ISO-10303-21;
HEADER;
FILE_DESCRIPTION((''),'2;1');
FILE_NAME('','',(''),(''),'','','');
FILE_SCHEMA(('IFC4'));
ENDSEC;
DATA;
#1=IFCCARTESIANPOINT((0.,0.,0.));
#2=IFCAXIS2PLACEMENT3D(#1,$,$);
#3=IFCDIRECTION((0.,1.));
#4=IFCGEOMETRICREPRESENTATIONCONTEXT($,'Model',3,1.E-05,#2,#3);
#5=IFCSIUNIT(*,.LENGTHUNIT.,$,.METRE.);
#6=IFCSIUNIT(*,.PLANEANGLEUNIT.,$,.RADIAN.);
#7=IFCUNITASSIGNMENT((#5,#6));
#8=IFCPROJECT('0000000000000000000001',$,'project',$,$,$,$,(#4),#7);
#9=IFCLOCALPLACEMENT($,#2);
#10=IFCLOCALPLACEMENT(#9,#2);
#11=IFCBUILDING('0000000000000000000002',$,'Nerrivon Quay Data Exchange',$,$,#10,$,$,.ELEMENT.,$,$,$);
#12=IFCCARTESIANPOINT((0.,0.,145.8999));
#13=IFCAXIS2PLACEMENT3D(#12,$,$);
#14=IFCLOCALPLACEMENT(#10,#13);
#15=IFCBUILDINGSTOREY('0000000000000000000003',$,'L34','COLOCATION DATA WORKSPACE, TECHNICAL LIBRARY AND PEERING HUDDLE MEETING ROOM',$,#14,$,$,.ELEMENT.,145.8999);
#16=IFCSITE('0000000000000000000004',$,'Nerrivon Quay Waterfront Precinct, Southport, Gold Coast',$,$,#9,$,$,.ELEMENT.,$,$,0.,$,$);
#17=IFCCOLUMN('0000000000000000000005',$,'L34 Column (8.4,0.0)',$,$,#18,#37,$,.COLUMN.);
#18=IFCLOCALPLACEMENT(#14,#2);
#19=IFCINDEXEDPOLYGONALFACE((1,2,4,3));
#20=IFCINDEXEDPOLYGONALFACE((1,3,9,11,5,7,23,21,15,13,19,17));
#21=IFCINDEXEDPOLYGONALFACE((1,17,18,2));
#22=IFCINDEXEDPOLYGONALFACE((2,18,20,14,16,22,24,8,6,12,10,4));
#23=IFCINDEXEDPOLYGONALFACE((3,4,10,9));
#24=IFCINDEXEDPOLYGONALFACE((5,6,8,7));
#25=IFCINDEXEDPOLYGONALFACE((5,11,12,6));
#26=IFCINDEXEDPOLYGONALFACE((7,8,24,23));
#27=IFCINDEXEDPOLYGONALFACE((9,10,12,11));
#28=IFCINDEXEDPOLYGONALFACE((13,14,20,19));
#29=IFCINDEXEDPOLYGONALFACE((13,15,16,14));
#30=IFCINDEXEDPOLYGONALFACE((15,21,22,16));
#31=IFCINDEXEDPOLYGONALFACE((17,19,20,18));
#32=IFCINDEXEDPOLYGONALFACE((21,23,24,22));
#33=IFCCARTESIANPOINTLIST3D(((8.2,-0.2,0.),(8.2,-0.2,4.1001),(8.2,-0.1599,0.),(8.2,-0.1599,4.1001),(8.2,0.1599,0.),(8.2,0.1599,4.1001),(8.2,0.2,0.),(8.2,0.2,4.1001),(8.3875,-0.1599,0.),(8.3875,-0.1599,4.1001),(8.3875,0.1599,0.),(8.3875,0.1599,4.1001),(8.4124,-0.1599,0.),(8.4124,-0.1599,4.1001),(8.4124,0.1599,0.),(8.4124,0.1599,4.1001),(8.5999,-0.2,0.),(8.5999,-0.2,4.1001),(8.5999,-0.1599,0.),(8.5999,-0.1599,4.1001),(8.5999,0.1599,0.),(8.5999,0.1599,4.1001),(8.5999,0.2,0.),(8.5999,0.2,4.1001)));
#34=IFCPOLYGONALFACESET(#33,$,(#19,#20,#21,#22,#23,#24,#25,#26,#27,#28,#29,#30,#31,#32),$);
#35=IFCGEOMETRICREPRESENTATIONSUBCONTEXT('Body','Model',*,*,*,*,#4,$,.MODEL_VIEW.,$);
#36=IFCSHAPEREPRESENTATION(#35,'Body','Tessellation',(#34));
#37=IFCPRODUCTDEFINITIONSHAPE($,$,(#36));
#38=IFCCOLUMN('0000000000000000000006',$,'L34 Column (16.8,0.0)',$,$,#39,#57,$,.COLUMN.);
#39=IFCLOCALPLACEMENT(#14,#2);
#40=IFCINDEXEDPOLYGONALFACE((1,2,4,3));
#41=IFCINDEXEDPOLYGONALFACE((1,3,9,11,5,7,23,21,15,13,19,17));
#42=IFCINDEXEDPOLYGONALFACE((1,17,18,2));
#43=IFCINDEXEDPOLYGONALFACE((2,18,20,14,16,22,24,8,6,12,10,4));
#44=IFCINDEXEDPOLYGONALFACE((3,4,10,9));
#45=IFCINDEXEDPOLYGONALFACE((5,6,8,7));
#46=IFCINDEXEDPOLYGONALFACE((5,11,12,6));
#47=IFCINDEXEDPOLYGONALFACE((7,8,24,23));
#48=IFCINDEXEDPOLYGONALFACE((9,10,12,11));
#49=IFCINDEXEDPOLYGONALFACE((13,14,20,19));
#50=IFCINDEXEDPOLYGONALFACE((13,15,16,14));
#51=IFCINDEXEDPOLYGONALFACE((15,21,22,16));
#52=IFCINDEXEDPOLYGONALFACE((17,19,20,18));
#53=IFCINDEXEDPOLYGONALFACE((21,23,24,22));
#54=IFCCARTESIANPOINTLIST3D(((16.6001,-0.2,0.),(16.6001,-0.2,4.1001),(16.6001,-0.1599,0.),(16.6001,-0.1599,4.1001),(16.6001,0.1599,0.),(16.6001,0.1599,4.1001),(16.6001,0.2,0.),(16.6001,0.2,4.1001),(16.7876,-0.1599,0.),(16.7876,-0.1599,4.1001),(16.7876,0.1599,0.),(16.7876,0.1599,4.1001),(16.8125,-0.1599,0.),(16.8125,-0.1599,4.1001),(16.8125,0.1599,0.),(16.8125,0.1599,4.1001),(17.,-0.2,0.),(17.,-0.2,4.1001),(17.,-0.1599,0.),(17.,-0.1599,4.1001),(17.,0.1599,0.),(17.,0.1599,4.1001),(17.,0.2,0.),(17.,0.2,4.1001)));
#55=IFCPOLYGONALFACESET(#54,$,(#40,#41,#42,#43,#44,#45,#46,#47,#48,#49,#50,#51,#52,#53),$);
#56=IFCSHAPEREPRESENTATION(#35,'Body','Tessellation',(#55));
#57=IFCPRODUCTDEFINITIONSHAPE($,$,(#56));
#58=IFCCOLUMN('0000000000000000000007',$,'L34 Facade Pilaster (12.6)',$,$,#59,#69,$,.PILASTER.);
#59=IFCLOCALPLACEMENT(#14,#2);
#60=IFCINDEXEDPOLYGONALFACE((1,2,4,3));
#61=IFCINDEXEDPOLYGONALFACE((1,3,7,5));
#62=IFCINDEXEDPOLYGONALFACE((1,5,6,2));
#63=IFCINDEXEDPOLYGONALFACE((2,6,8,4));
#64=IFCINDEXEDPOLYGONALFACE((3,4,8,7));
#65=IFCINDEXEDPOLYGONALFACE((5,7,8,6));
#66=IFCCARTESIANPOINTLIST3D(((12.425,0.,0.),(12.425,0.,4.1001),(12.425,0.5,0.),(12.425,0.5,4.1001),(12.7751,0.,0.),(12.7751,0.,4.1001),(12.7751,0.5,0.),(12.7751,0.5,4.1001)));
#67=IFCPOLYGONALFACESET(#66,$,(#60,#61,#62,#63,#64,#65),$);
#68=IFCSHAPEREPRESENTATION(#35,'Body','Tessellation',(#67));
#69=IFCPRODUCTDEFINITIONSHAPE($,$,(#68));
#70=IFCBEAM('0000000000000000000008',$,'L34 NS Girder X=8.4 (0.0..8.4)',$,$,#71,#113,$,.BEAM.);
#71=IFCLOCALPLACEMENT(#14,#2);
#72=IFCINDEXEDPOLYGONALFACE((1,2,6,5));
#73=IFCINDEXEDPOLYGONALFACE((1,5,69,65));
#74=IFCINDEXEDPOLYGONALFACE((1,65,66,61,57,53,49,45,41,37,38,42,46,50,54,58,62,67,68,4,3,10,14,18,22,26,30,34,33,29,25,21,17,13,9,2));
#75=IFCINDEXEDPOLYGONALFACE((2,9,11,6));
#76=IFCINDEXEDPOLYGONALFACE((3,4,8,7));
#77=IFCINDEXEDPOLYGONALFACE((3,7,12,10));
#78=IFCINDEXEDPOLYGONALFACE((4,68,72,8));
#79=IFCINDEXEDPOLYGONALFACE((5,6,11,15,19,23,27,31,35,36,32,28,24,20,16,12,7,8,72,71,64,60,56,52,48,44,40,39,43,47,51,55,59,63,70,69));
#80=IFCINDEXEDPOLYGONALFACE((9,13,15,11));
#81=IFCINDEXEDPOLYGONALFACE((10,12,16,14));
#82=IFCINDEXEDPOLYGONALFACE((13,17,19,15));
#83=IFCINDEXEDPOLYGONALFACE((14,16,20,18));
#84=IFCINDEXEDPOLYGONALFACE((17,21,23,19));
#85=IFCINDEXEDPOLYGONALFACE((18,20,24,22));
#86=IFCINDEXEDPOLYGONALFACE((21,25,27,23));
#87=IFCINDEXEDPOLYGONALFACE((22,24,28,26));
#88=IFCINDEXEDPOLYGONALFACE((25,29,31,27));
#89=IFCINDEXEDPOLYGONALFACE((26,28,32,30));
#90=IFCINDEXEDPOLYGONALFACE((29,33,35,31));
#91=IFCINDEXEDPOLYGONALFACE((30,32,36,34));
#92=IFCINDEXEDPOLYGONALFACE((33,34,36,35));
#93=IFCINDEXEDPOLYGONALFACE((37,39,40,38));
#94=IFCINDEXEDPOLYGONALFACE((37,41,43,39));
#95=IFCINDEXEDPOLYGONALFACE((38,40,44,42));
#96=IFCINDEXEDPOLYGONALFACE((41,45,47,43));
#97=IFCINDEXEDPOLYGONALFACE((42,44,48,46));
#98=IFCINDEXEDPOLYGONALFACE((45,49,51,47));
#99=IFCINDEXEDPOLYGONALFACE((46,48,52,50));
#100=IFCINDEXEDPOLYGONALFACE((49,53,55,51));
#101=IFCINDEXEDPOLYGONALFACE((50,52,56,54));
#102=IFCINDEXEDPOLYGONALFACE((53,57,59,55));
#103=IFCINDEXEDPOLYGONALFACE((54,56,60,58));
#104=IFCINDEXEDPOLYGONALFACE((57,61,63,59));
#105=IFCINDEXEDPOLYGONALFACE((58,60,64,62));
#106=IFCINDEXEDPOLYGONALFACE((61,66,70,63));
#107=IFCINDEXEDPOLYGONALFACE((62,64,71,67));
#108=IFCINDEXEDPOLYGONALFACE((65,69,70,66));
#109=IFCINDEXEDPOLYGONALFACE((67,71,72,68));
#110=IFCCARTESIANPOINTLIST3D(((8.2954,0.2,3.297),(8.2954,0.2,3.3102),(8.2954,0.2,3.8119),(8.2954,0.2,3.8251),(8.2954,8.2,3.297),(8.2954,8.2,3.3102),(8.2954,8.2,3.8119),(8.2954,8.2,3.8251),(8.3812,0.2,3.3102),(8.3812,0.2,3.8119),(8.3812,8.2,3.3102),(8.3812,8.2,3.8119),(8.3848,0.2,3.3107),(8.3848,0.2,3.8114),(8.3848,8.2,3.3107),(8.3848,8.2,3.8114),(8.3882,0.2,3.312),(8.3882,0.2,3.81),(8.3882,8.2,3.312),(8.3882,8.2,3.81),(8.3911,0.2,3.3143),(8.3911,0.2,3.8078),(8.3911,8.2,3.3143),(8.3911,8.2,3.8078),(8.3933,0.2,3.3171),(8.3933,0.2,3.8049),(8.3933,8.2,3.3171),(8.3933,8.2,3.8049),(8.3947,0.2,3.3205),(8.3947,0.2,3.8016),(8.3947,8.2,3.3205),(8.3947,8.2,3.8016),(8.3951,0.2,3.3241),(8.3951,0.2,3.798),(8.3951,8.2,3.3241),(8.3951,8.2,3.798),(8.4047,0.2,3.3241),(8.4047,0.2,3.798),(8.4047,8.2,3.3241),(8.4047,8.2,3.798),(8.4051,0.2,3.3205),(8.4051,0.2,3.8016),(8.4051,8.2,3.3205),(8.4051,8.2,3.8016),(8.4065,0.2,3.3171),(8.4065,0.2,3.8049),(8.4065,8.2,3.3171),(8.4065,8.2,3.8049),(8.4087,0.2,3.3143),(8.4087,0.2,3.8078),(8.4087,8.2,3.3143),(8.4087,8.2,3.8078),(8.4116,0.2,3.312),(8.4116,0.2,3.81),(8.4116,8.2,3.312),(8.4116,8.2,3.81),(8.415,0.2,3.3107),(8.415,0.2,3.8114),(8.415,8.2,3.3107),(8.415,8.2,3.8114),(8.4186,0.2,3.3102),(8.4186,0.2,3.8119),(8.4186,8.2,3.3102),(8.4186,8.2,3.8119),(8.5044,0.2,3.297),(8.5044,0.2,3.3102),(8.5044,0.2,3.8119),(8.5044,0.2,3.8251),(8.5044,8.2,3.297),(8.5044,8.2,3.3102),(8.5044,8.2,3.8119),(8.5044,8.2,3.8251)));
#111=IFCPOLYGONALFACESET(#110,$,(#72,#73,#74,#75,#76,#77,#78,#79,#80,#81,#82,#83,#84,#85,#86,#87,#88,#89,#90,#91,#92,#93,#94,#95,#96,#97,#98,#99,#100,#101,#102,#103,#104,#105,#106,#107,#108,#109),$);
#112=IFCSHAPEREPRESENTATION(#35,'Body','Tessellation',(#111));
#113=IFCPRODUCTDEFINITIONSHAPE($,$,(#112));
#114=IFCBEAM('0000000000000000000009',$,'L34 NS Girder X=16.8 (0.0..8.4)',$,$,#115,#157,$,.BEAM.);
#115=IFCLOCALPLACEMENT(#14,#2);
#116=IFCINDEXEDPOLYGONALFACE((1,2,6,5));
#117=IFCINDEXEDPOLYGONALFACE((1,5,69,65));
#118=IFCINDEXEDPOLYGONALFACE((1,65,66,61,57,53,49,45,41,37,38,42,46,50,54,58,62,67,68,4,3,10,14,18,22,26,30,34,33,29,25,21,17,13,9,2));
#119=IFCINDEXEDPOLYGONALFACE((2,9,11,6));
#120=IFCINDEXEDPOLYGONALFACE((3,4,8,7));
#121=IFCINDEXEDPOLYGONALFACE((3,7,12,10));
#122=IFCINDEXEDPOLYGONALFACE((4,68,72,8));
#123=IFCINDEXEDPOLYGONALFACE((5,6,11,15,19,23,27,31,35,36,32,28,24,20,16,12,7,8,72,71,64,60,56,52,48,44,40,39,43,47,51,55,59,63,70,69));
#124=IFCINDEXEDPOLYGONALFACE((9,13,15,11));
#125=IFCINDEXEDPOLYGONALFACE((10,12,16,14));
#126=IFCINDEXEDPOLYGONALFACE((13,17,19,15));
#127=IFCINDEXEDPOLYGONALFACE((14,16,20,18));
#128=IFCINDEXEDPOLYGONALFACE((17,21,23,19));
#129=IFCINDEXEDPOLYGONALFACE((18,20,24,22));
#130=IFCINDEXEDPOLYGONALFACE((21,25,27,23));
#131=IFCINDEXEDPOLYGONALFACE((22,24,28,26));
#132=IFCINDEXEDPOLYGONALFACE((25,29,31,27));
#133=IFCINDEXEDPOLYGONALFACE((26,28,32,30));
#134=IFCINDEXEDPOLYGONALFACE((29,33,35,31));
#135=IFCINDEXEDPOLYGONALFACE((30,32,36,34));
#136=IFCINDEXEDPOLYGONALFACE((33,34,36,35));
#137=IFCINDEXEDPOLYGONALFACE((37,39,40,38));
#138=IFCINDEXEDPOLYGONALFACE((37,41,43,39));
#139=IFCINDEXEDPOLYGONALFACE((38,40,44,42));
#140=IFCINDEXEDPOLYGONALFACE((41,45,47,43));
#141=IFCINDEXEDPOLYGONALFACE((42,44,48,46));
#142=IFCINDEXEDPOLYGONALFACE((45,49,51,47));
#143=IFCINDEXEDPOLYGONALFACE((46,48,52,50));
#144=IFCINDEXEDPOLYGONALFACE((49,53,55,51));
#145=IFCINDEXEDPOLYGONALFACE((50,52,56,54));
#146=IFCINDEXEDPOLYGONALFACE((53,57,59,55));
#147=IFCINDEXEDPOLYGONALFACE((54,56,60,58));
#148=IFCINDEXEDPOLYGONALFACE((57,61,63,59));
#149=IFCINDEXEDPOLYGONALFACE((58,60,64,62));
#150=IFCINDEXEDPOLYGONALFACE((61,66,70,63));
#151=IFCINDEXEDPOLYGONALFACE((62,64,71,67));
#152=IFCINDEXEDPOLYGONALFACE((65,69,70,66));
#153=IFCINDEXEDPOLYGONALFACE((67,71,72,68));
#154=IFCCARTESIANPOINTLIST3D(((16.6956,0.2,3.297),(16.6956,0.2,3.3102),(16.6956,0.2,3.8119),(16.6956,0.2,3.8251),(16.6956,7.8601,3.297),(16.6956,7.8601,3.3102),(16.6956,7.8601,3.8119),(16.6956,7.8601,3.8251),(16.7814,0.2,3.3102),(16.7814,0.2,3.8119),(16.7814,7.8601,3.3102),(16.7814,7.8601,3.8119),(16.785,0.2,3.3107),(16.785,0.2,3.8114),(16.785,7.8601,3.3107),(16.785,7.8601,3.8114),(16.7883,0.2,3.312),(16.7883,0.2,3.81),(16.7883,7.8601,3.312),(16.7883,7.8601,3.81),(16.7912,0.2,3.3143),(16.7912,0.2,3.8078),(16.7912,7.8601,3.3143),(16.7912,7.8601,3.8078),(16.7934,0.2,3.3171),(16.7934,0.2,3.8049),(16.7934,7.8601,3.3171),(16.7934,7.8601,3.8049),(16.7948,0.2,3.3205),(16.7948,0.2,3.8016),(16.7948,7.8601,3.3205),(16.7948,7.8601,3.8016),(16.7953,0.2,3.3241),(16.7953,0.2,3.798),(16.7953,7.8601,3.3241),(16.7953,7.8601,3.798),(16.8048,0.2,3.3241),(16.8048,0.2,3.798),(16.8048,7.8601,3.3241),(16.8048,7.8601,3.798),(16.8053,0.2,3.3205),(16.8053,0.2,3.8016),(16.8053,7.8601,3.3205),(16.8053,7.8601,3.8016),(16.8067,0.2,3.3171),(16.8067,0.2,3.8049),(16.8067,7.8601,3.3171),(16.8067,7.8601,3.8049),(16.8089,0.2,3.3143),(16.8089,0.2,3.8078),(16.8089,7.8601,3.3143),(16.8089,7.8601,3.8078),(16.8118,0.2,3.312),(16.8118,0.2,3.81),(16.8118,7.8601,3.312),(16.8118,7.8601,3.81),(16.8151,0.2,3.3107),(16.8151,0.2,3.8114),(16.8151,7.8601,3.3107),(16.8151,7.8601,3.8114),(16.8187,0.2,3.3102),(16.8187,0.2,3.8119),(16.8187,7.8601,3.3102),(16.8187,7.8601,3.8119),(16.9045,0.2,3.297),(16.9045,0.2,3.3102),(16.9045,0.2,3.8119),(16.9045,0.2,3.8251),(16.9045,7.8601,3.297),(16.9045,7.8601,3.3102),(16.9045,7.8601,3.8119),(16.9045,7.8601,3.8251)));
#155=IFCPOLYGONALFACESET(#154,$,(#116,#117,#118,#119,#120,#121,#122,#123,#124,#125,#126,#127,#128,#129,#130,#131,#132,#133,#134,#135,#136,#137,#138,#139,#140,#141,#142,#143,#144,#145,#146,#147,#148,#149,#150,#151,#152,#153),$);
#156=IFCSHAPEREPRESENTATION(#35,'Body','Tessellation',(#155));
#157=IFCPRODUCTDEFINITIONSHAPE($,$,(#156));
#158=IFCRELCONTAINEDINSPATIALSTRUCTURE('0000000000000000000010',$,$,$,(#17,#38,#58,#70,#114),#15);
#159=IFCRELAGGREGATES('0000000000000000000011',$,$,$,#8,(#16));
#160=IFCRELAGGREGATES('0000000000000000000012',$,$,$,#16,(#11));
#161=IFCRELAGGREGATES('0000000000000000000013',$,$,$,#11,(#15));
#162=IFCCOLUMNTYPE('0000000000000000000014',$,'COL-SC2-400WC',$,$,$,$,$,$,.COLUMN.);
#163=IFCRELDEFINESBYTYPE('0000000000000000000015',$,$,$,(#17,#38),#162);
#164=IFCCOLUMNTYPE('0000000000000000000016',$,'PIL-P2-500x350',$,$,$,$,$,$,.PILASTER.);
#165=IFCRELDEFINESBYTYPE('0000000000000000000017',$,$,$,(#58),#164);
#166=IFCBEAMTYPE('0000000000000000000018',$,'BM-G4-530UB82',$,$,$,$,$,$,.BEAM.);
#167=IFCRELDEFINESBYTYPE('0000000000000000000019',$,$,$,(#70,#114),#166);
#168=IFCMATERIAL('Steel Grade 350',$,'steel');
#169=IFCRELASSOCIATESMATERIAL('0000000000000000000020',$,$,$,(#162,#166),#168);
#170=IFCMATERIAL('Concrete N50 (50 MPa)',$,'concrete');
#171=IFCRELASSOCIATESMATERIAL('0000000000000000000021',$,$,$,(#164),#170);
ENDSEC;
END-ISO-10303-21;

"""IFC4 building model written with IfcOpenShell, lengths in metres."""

from ifc_helpers import new_model, si_unit, direction, frame, origin, origin_2d, place, context, subcontext, project, spatial, rectangle, i_section, extrude, material, material_profile, profile_set, type_object, element, save


model = new_model("IFC4")

# Units and contexts
model_context = context("Model", 3, precision=1e-05, world=origin(), true_north=direction((0.0, 1.0)))
body_context = subcontext(model_context, "Body", "Model", "MODEL_VIEW")
ifc_project = project(units=[si_unit("LENGTHUNIT", "METRE"), si_unit("PLANEANGLEUNIT", "RADIAN")], contexts=[model_context])

# Site, building, storey
site_placement = place(None, origin())
site = spatial("IfcSite", under=ifc_project, at=site_placement, Name="Nerrivon Quay Waterfront Precinct, Southport, Gold Coast", CompositionType="ELEMENT", RefElevation=0.0)
building_placement = place(site_placement, origin())
building = spatial("IfcBuilding", under=site, at=building_placement, Name="Nerrivon Quay Data Exchange", CompositionType="ELEMENT")
storey_placement = place(building_placement, frame((0.0, 0.0, 145.8999)))
storey = spatial("IfcBuildingStorey", under=building, at=storey_placement, Name="L34", Description="COLOCATION DATA WORKSPACE, TECHNICAL LIBRARY AND PEERING HUDDLE MEETING ROOM", CompositionType="ELEMENT", Elevation=145.8999)

# Columns
ifc_material_1 = material(Name="Steel Grade 350", Category="steel")
ifc_material_profile_1 = material_profile(ifc_material_1, i_section(OverallWidth=0.3999, OverallDepth=0.3999, WebThickness=0.0249, FlangeThickness=0.04, at=origin_2d()), Name="400WC328")
ifc_profile_set_1 = profile_set([ifc_material_profile_1], Name="Steel Grade 350")
column_type_1 = type_object("IfcColumnType", Name="COL-SC2-400WC", PredefinedType="COLUMN", material=ifc_profile_set_1)
for number, where, z_axis, x_axis, name in (
    (1, (8.3999, 0.0, 0.0), (0.0, 0.0, 1.0), (1.0, 0.0, 0.0), "L34 Column (8.4,0.0)"),
    (2, (16.8, 0.0, 0.0), (0.0, 0.0, 1.0), (1.0, 0.0, 0.0), "L34 Column (16.8,0.0)"),
):
    element("IfcColumn", number, at=place(storey_placement, frame(where, z_axis=z_axis, x_axis=x_axis)), inside=storey, type_object=column_type_1, Name=name, PredefinedType="COLUMN", context=body_context, shape_type="SweptSolid", body=[
        extrude(i_section(OverallWidth=0.3999, OverallDepth=0.3999, WebThickness=0.0249, FlangeThickness=0.04, at=origin_2d()), origin(), (0.0, 0.0, 1.0), 4.1001),
    ])
ifc_material_2 = material(Name="Concrete N50 (50 MPa)", Category="concrete")
ifc_material_profile_2 = material_profile(ifc_material_2, rectangle(XDim=0.3501, YDim=0.5, at=origin_2d()), Name="RC-PIL-500x350")
ifc_profile_set_2 = profile_set([ifc_material_profile_2], Name="Concrete N50 (50 MPa)")
column_type_2 = type_object("IfcColumnType", Name="PIL-P2-500x350", PredefinedType="PILASTER", material=ifc_profile_set_2)
column_placement = place(storey_placement, frame((12.6001, 0.25, 0.0), z_axis=(0.0, 0.0, 1.0), x_axis=(1.0, 0.0, 0.0)))
element("IfcColumn", 3, at=column_placement, inside=storey, type_object=column_type_2, Name="L34 Facade Pilaster (12.6)", PredefinedType="PILASTER", context=body_context, shape_type="SweptSolid", body=[
    extrude(rectangle(XDim=0.3501, YDim=0.5, at=origin_2d()), origin(), (0.0, 0.0, 1.0), 4.1001),
])

# Beams
ifc_material_profile_3 = material_profile(ifc_material_1, i_section(OverallWidth=0.209, OverallDepth=0.5281, WebThickness=0.0095, FlangeThickness=0.0132, FilletRadius=0.0139, at=origin_2d()), Name="530UB82.0")
ifc_profile_set_3 = profile_set([ifc_material_profile_3], Name="Steel Grade 350")
beam_type_1 = type_object("IfcBeamType", Name="BM-G4-530UB82", PredefinedType="BEAM", material=ifc_profile_set_3)
beam_1_placement = place(storey_placement, frame((8.3999, 0.2, 3.561), z_axis=(0.0, 1.0, 0.0), x_axis=(-1.0, 0.0, 0.0)))
element("IfcBeam", 4, at=beam_1_placement, inside=storey, type_object=beam_type_1, Name="L34 NS Girder X=8.4 (0.0..8.4)", PredefinedType="BEAM", context=body_context, shape_type="SweptSolid", body=[
    extrude(i_section(OverallWidth=0.209, OverallDepth=0.5281, WebThickness=0.0095, FlangeThickness=0.0132, FilletRadius=0.0139, at=origin_2d()), origin(), (0.0, 0.0, 1.0), 8.0),
])
beam_2_placement = place(storey_placement, frame((16.8, 0.2, 3.561), z_axis=(0.0, 1.0, 0.0), x_axis=(-1.0, 0.0, 0.0)))
element("IfcBeam", 5, at=beam_2_placement, inside=storey, type_object=beam_type_1, Name="L34 NS Girder X=16.8 (0.0..8.4)", PredefinedType="BEAM", context=body_context, shape_type="SweptSolid", body=[
    extrude(i_section(OverallWidth=0.209, OverallDepth=0.5281, WebThickness=0.0095, FlangeThickness=0.0132, FilletRadius=0.0139, at=origin_2d()), origin(), (0.0, 0.0, 1.0), 7.6602),
])

save(model, "model.ifc")
